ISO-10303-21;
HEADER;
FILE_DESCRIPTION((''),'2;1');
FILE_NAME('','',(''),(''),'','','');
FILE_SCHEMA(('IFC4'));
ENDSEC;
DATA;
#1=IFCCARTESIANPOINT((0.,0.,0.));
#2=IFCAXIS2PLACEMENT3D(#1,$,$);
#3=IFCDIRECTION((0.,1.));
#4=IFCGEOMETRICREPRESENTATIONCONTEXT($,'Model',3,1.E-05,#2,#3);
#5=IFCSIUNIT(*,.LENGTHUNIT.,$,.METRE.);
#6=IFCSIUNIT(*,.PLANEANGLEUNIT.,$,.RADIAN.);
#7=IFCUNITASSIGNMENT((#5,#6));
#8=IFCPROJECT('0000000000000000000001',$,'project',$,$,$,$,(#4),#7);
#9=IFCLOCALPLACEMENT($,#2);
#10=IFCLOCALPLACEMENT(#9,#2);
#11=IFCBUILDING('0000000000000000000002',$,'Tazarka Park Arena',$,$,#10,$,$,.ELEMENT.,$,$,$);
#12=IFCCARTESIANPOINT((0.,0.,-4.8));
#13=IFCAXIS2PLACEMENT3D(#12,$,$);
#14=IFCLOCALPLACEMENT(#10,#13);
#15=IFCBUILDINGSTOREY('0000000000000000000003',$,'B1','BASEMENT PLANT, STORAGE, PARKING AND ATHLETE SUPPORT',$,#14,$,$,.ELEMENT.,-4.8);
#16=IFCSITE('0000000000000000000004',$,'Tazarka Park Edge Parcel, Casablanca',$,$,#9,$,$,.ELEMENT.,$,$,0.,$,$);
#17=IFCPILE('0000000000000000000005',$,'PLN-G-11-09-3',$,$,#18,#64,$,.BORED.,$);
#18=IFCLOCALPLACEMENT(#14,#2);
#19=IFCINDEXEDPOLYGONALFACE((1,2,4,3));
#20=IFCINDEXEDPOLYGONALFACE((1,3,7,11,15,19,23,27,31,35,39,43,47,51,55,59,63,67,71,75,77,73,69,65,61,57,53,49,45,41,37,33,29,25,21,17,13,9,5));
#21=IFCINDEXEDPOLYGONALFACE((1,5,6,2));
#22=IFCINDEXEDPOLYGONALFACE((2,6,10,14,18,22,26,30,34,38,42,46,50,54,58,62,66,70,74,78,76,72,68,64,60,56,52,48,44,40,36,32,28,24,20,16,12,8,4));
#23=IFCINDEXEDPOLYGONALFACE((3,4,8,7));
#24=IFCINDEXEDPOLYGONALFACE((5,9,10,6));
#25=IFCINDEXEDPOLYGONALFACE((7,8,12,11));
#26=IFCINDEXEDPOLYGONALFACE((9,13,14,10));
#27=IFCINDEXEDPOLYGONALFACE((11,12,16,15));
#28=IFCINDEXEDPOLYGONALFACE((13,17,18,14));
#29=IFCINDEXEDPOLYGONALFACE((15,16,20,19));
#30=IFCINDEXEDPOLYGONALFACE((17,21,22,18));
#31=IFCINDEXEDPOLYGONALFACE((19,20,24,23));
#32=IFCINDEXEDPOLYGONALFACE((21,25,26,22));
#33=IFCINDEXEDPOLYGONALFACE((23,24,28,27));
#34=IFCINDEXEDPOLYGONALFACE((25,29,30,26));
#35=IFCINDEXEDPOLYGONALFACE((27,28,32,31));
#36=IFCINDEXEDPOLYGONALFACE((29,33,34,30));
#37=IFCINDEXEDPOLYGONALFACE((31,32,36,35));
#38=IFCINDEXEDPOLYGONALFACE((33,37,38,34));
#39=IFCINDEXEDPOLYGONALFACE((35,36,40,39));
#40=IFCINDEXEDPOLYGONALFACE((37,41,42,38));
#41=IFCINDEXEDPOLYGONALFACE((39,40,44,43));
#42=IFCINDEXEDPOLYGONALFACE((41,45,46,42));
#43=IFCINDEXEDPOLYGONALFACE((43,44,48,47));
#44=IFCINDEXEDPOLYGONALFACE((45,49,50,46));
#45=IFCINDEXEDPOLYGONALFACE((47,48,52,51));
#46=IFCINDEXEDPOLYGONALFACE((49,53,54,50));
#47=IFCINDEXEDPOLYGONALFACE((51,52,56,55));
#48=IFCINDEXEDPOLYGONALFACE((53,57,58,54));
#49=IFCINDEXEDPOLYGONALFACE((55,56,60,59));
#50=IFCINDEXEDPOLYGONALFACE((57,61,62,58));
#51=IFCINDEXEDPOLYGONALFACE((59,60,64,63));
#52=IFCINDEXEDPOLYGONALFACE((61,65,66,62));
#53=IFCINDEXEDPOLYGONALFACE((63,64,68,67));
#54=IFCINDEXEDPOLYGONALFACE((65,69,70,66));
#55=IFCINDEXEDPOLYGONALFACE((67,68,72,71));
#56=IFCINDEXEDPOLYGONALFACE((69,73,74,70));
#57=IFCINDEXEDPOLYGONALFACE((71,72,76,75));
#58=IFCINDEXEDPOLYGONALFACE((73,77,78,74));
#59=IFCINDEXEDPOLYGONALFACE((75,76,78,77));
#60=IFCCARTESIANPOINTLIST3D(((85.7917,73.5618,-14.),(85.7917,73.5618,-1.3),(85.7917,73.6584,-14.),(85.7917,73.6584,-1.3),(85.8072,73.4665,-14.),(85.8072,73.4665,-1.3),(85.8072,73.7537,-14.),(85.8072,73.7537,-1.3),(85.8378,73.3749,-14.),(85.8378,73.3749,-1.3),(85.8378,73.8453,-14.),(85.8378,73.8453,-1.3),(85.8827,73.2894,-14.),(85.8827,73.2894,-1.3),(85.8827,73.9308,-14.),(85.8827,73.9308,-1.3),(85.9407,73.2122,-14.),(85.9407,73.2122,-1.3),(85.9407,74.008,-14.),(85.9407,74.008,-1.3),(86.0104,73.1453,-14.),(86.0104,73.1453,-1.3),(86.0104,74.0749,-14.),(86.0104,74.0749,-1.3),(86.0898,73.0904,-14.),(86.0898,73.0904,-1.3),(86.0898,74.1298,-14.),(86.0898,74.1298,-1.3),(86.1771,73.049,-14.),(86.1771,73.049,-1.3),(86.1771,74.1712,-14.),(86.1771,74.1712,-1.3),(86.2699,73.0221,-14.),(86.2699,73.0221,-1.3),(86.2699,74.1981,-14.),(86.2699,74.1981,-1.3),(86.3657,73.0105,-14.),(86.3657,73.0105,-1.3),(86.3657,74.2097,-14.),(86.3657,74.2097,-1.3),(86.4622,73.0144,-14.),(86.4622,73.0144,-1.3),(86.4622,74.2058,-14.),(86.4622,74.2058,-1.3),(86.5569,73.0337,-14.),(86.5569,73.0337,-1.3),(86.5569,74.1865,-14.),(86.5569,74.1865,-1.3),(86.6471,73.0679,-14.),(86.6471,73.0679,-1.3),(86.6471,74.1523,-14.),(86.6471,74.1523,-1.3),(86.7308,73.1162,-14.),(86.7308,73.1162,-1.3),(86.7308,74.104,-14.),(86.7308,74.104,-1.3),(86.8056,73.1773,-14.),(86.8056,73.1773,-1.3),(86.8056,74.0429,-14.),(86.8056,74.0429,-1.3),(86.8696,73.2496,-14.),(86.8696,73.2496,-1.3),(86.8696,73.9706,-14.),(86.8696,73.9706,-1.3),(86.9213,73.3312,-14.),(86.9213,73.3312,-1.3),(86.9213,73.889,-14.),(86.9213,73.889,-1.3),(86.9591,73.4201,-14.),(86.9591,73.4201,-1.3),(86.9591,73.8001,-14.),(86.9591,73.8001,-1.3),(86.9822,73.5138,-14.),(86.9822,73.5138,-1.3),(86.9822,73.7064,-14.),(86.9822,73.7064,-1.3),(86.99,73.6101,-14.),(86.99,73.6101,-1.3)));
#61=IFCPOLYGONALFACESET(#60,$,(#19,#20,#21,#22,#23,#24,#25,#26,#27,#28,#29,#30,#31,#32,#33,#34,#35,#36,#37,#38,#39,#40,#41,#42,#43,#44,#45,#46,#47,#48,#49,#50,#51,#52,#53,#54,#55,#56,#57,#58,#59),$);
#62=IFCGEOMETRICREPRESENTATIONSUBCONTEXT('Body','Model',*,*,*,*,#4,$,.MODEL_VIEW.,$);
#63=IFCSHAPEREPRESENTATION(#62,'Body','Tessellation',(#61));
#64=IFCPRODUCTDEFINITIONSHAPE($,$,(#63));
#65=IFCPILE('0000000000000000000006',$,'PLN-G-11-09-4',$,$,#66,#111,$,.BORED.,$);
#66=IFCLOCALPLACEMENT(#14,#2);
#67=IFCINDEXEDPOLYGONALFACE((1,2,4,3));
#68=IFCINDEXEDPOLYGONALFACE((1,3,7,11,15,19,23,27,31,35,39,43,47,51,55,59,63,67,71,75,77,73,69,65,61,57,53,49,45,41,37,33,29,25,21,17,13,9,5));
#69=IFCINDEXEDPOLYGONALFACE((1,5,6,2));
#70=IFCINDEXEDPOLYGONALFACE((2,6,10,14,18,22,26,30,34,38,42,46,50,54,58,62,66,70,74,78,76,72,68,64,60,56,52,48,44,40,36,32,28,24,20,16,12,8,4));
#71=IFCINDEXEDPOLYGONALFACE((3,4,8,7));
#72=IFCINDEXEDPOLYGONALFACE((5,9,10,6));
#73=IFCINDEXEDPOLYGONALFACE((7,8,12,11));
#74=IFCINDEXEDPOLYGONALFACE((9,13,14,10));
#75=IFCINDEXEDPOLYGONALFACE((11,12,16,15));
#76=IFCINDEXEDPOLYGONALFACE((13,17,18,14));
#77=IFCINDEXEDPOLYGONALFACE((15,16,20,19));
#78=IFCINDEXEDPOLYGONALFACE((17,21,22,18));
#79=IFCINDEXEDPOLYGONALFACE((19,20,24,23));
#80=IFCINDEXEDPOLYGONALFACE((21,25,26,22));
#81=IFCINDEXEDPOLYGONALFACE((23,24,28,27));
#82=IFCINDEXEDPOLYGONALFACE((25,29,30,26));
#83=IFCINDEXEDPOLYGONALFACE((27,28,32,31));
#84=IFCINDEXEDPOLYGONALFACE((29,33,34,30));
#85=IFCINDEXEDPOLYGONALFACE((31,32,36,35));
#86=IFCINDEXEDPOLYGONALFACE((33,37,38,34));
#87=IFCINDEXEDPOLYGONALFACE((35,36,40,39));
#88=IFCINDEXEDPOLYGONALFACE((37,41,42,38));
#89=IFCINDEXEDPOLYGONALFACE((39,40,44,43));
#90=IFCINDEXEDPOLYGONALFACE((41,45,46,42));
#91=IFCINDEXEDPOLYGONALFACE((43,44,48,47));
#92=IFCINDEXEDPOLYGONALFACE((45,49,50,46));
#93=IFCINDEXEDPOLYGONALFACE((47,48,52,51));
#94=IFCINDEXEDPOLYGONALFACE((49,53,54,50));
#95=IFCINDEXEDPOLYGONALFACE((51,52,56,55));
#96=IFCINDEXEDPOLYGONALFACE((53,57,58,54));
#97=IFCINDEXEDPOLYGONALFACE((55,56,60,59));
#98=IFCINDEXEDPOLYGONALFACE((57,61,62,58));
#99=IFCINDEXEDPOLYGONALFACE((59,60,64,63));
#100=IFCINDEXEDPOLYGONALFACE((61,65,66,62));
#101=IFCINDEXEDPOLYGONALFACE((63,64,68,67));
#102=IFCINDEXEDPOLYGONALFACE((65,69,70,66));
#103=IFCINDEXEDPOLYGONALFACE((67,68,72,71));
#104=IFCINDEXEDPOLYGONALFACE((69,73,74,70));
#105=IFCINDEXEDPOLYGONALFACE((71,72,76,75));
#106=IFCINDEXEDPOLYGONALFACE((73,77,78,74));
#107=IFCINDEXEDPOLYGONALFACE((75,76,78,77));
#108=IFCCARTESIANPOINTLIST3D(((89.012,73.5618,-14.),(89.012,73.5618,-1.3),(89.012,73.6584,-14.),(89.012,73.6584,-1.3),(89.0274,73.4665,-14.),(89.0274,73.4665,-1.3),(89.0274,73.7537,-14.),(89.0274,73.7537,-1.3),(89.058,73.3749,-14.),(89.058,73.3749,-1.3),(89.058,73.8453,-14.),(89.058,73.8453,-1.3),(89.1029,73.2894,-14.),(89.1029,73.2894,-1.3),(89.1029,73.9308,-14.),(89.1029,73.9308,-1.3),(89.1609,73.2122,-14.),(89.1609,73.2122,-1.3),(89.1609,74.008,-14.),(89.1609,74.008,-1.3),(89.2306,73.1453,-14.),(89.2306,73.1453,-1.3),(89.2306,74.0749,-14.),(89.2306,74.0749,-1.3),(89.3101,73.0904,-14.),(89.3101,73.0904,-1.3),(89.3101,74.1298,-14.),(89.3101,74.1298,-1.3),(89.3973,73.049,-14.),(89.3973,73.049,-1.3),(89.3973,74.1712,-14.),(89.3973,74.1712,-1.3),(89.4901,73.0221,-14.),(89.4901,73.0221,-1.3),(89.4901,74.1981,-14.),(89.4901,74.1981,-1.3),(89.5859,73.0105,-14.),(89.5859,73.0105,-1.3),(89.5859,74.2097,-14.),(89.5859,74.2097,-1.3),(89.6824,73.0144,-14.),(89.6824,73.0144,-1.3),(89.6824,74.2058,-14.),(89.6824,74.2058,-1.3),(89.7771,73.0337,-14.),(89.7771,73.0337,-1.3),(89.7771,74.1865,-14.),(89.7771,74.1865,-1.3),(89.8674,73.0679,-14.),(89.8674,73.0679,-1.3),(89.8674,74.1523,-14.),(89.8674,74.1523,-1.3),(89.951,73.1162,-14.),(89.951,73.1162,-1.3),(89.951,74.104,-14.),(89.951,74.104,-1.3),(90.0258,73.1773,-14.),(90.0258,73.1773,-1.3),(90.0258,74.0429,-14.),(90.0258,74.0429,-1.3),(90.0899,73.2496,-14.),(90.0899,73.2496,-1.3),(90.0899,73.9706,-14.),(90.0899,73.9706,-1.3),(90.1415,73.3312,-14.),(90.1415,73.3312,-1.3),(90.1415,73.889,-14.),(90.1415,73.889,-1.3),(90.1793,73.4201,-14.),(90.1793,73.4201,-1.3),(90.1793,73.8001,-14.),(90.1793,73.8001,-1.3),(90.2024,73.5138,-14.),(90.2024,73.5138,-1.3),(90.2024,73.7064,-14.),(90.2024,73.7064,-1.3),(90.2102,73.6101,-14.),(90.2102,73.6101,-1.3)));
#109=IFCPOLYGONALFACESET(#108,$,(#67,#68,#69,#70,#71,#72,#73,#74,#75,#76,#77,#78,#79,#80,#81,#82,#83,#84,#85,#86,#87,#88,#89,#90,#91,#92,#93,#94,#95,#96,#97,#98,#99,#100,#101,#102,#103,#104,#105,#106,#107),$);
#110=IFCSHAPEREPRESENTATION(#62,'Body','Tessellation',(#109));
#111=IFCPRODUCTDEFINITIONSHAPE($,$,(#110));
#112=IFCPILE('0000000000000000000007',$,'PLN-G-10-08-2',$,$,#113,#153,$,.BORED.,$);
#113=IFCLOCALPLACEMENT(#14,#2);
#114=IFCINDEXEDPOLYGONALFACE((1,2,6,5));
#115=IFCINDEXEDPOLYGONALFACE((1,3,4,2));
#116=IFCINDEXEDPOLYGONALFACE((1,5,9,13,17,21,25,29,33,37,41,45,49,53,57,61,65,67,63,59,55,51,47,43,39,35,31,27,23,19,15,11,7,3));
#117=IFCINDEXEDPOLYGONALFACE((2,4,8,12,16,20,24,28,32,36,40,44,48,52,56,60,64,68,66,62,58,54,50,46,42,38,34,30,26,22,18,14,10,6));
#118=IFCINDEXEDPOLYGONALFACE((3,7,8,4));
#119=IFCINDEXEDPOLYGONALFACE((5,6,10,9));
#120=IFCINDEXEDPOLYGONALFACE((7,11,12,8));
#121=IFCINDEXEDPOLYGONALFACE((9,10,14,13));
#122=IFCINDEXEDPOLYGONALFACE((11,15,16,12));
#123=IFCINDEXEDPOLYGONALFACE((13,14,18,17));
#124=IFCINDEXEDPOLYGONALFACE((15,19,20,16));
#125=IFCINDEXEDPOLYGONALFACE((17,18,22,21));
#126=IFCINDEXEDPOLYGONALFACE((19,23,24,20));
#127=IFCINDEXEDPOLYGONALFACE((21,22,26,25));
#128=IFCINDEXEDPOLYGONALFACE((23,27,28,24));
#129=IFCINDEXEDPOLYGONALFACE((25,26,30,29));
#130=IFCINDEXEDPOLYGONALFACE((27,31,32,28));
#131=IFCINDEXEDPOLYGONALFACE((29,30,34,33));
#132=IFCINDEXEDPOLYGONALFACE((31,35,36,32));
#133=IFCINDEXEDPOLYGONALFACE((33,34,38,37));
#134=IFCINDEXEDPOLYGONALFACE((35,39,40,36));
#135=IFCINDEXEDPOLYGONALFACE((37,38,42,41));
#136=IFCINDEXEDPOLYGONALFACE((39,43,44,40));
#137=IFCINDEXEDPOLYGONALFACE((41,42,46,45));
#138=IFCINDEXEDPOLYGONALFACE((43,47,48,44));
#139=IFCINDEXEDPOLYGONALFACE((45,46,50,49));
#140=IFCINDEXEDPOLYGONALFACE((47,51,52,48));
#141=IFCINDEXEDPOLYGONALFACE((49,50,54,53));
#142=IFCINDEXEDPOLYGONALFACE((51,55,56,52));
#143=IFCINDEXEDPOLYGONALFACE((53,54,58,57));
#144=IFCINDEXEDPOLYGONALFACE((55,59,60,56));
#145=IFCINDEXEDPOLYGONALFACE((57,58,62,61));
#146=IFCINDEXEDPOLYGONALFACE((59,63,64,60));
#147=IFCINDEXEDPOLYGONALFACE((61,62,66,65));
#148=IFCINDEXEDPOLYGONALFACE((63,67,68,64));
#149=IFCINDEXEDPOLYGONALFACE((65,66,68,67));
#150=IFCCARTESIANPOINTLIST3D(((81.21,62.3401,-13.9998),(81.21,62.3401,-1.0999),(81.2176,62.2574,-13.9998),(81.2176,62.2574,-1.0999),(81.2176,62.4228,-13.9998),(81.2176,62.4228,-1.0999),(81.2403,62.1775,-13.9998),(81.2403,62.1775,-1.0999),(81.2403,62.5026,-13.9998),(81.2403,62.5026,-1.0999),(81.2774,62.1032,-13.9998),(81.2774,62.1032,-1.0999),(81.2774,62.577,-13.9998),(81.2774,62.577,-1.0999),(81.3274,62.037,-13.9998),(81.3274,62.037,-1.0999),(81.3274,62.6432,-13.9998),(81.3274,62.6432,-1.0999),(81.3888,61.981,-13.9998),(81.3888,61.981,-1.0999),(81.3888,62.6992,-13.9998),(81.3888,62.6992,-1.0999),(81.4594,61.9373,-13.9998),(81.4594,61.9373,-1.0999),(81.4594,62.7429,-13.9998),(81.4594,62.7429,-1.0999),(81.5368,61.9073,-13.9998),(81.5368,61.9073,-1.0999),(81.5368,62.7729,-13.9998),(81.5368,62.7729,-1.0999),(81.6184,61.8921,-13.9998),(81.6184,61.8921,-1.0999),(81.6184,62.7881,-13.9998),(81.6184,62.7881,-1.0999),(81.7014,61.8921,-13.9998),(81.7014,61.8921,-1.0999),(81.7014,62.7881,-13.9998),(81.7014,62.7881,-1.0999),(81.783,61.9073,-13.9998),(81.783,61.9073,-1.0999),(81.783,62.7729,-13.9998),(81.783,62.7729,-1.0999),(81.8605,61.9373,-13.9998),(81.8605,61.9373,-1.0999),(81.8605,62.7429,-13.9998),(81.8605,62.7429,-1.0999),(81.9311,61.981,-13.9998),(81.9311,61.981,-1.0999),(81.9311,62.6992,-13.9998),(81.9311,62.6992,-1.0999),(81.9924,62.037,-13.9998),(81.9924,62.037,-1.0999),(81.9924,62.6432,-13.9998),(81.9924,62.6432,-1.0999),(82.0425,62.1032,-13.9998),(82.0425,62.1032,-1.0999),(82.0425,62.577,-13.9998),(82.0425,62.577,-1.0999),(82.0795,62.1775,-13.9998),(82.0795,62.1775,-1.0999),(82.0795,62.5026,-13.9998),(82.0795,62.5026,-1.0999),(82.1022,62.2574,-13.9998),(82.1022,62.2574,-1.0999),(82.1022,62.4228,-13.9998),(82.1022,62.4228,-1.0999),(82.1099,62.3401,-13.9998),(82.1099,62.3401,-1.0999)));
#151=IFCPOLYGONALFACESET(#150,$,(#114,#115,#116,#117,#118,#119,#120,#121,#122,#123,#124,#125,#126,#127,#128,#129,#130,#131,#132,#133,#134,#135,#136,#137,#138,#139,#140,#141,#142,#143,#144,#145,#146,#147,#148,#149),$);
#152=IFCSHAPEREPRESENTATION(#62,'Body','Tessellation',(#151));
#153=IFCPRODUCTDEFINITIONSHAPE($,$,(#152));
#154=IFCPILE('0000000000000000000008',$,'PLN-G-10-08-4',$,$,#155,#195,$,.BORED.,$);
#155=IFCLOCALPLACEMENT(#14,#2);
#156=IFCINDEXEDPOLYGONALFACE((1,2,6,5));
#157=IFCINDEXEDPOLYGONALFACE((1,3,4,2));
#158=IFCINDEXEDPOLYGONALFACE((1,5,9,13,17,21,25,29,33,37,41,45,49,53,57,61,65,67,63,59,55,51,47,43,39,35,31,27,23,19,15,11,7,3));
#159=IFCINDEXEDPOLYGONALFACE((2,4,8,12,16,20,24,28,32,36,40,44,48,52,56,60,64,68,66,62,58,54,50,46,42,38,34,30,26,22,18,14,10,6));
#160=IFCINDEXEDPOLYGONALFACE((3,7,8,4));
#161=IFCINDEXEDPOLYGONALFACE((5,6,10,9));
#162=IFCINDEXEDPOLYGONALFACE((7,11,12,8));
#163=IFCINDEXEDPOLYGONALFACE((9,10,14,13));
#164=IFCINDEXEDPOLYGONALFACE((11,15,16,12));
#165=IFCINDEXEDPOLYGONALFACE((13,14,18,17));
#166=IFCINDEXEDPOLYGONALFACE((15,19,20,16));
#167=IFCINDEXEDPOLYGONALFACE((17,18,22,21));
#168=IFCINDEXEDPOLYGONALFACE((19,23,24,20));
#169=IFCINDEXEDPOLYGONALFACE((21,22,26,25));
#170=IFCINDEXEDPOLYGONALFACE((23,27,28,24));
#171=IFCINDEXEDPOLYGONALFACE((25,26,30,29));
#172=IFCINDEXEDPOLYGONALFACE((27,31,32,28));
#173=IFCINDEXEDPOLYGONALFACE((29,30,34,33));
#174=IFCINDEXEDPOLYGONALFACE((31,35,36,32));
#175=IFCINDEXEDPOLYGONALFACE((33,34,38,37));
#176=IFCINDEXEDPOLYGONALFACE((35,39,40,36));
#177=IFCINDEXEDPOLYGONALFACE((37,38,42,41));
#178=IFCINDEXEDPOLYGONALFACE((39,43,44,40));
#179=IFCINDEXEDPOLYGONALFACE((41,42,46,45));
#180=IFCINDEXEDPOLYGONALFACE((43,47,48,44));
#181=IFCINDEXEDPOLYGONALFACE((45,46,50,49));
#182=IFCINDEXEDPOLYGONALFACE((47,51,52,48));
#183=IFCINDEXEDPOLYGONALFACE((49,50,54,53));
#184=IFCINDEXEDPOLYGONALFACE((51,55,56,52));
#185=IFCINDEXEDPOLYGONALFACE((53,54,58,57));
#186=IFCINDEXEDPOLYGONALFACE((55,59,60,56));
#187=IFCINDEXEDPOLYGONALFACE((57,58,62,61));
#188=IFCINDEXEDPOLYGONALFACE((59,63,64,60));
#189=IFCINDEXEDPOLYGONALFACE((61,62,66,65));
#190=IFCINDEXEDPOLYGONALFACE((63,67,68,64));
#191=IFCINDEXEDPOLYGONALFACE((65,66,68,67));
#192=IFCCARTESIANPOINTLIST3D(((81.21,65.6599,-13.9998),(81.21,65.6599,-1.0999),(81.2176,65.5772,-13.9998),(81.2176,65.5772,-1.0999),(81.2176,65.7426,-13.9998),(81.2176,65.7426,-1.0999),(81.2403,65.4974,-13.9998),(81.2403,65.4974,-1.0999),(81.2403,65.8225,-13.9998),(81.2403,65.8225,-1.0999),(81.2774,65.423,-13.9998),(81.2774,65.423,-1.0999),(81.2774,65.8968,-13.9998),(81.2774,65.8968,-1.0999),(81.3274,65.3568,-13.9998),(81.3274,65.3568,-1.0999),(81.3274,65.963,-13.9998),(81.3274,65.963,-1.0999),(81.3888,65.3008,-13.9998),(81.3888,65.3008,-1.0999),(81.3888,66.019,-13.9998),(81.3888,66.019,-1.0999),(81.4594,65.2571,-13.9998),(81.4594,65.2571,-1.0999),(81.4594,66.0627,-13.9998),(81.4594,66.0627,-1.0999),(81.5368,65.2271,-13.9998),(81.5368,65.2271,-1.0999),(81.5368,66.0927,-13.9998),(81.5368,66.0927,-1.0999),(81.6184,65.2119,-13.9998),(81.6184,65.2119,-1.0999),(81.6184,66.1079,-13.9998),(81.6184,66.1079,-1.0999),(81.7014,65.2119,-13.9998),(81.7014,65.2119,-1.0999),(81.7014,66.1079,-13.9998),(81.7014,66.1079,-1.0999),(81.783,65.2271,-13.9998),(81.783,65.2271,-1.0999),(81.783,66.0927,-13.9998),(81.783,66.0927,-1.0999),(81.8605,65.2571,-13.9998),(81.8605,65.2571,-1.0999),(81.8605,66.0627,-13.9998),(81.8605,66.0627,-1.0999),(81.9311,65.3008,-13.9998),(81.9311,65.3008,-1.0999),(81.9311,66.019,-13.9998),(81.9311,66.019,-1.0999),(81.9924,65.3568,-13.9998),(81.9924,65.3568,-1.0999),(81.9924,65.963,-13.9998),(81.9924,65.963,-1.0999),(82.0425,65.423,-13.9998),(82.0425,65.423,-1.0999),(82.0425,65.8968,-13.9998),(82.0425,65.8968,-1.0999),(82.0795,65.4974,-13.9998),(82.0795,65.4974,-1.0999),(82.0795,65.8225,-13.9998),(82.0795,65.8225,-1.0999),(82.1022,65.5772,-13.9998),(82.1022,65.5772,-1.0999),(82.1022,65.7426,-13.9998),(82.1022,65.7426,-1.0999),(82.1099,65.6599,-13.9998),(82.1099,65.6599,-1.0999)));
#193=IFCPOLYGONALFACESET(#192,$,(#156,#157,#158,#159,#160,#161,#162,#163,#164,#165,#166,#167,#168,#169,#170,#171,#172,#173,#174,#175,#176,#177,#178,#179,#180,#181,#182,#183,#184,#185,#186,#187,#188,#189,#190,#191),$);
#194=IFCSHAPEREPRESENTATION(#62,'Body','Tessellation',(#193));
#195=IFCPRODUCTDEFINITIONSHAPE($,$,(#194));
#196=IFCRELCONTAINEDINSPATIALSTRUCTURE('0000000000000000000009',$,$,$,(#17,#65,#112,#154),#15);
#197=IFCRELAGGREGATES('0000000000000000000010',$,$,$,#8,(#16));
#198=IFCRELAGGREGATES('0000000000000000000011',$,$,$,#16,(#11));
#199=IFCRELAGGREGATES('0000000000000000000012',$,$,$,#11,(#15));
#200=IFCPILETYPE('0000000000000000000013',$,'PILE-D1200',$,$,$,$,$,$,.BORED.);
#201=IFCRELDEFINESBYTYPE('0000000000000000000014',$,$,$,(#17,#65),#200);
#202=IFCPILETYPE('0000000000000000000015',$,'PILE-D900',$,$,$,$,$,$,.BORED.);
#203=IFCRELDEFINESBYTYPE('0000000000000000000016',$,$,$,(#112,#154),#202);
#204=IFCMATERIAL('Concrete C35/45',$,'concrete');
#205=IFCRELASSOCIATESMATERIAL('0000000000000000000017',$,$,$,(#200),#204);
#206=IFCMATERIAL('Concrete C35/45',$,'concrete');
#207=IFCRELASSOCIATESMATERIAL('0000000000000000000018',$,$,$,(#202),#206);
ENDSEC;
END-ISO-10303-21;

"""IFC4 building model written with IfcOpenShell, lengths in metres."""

from ifc_helpers import new_model, si_unit, direction, frame, origin, origin_2d, place, context, subcontext, project, spatial, circle, extrude, material, material_profile, profile_set, type_object, element, save


model = new_model("IFC4")

# Units and contexts
model_context = context("Model", 3, precision=1e-05, world=origin(), true_north=direction((0.0, 1.0)))
body_context = subcontext(model_context, "Body", "Model", "MODEL_VIEW")
ifc_project = project(units=[si_unit("LENGTHUNIT", "METRE"), si_unit("PLANEANGLEUNIT", "RADIAN")], contexts=[model_context])

# Site, building, storey
site_placement = place(None, origin())
site = spatial("IfcSite", under=ifc_project, at=site_placement, Name="Tazarka Park Edge Parcel, Casablanca", CompositionType="ELEMENT", RefElevation=0.0)
building_placement = place(site_placement, origin())
building = spatial("IfcBuilding", under=site, at=building_placement, Name="Tazarka Park Arena", CompositionType="ELEMENT")
storey_placement = place(building_placement, frame((0.0, 0.0, -4.8)))
storey = spatial("IfcBuildingStorey", under=building, at=storey_placement, Name="B1", Description="BASEMENT PLANT, STORAGE, PARKING AND ATHLETE SUPPORT", CompositionType="ELEMENT", Elevation=-4.8)

# Piles
ifc_material_1 = material(Name="Concrete C35/45", Category="concrete")
ifc_material_profile_1 = material_profile(ifc_material_1, circle(Radius=0.6001, at=origin_2d()), Name="Concrete C35/45")
ifc_profile_set_1 = profile_set([ifc_material_profile_1], Name="Concrete C35/45")
pile_type_1 = type_object("IfcPileType", Name="PILE-D1200", PredefinedType="BORED", material=ifc_profile_set_1)
for number, where, z_axis, x_axis, name in (
    (1, (86.3899, 73.6101, -1.3), (0.0, 0.0, -1.0), (1.0, 0.0, 0.0), "PLN-G-11-09-3"),
    (2, (89.6101, 73.6101, -1.3), (0.0, 0.0, -1.0), (1.0, 0.0, 0.0), "PLN-G-11-09-4"),
):
    element("IfcPile", number, at=place(storey_placement, frame(where, z_axis=z_axis, x_axis=x_axis)), inside=storey, type_object=pile_type_1, Name=name, PredefinedType="BORED", context=body_context, shape_type="SweptSolid", body=[
        extrude(circle(Radius=0.6001, at=origin_2d()), origin(), (0.0, 0.0, 1.0), 12.7),
    ])
ifc_material_2 = material(Name="Concrete C35/45", Category="concrete")
ifc_material_profile_2 = material_profile(ifc_material_2, circle(Radius=0.45, at=origin_2d()), Name="Concrete C35/45")
ifc_profile_set_2 = profile_set([ifc_material_profile_2], Name="Concrete C35/45")
pile_type_2 = type_object("IfcPileType", Name="PILE-D900", PredefinedType="BORED", material=ifc_profile_set_2)
for number, where, z_axis, x_axis, name in (
    (3, (81.6599, 62.3401, -1.0999), (0.0, 0.0, -1.0), (1.0, 0.0, 0.0), "PLN-G-10-08-2"),
    (4, (81.6599, 65.6599, -1.0999), (0.0, 0.0, -1.0), (1.0, 0.0, 0.0), "PLN-G-10-08-4"),
):
    element("IfcPile", number, at=place(storey_placement, frame(where, z_axis=z_axis, x_axis=x_axis)), inside=storey, type_object=pile_type_2, Name=name, PredefinedType="BORED", context=body_context, shape_type="SweptSolid", body=[
        extrude(circle(Radius=0.45, at=origin_2d()), origin(), (0.0, 0.0, 1.0), 12.8999),
    ])

save(model, "model.ifc")
